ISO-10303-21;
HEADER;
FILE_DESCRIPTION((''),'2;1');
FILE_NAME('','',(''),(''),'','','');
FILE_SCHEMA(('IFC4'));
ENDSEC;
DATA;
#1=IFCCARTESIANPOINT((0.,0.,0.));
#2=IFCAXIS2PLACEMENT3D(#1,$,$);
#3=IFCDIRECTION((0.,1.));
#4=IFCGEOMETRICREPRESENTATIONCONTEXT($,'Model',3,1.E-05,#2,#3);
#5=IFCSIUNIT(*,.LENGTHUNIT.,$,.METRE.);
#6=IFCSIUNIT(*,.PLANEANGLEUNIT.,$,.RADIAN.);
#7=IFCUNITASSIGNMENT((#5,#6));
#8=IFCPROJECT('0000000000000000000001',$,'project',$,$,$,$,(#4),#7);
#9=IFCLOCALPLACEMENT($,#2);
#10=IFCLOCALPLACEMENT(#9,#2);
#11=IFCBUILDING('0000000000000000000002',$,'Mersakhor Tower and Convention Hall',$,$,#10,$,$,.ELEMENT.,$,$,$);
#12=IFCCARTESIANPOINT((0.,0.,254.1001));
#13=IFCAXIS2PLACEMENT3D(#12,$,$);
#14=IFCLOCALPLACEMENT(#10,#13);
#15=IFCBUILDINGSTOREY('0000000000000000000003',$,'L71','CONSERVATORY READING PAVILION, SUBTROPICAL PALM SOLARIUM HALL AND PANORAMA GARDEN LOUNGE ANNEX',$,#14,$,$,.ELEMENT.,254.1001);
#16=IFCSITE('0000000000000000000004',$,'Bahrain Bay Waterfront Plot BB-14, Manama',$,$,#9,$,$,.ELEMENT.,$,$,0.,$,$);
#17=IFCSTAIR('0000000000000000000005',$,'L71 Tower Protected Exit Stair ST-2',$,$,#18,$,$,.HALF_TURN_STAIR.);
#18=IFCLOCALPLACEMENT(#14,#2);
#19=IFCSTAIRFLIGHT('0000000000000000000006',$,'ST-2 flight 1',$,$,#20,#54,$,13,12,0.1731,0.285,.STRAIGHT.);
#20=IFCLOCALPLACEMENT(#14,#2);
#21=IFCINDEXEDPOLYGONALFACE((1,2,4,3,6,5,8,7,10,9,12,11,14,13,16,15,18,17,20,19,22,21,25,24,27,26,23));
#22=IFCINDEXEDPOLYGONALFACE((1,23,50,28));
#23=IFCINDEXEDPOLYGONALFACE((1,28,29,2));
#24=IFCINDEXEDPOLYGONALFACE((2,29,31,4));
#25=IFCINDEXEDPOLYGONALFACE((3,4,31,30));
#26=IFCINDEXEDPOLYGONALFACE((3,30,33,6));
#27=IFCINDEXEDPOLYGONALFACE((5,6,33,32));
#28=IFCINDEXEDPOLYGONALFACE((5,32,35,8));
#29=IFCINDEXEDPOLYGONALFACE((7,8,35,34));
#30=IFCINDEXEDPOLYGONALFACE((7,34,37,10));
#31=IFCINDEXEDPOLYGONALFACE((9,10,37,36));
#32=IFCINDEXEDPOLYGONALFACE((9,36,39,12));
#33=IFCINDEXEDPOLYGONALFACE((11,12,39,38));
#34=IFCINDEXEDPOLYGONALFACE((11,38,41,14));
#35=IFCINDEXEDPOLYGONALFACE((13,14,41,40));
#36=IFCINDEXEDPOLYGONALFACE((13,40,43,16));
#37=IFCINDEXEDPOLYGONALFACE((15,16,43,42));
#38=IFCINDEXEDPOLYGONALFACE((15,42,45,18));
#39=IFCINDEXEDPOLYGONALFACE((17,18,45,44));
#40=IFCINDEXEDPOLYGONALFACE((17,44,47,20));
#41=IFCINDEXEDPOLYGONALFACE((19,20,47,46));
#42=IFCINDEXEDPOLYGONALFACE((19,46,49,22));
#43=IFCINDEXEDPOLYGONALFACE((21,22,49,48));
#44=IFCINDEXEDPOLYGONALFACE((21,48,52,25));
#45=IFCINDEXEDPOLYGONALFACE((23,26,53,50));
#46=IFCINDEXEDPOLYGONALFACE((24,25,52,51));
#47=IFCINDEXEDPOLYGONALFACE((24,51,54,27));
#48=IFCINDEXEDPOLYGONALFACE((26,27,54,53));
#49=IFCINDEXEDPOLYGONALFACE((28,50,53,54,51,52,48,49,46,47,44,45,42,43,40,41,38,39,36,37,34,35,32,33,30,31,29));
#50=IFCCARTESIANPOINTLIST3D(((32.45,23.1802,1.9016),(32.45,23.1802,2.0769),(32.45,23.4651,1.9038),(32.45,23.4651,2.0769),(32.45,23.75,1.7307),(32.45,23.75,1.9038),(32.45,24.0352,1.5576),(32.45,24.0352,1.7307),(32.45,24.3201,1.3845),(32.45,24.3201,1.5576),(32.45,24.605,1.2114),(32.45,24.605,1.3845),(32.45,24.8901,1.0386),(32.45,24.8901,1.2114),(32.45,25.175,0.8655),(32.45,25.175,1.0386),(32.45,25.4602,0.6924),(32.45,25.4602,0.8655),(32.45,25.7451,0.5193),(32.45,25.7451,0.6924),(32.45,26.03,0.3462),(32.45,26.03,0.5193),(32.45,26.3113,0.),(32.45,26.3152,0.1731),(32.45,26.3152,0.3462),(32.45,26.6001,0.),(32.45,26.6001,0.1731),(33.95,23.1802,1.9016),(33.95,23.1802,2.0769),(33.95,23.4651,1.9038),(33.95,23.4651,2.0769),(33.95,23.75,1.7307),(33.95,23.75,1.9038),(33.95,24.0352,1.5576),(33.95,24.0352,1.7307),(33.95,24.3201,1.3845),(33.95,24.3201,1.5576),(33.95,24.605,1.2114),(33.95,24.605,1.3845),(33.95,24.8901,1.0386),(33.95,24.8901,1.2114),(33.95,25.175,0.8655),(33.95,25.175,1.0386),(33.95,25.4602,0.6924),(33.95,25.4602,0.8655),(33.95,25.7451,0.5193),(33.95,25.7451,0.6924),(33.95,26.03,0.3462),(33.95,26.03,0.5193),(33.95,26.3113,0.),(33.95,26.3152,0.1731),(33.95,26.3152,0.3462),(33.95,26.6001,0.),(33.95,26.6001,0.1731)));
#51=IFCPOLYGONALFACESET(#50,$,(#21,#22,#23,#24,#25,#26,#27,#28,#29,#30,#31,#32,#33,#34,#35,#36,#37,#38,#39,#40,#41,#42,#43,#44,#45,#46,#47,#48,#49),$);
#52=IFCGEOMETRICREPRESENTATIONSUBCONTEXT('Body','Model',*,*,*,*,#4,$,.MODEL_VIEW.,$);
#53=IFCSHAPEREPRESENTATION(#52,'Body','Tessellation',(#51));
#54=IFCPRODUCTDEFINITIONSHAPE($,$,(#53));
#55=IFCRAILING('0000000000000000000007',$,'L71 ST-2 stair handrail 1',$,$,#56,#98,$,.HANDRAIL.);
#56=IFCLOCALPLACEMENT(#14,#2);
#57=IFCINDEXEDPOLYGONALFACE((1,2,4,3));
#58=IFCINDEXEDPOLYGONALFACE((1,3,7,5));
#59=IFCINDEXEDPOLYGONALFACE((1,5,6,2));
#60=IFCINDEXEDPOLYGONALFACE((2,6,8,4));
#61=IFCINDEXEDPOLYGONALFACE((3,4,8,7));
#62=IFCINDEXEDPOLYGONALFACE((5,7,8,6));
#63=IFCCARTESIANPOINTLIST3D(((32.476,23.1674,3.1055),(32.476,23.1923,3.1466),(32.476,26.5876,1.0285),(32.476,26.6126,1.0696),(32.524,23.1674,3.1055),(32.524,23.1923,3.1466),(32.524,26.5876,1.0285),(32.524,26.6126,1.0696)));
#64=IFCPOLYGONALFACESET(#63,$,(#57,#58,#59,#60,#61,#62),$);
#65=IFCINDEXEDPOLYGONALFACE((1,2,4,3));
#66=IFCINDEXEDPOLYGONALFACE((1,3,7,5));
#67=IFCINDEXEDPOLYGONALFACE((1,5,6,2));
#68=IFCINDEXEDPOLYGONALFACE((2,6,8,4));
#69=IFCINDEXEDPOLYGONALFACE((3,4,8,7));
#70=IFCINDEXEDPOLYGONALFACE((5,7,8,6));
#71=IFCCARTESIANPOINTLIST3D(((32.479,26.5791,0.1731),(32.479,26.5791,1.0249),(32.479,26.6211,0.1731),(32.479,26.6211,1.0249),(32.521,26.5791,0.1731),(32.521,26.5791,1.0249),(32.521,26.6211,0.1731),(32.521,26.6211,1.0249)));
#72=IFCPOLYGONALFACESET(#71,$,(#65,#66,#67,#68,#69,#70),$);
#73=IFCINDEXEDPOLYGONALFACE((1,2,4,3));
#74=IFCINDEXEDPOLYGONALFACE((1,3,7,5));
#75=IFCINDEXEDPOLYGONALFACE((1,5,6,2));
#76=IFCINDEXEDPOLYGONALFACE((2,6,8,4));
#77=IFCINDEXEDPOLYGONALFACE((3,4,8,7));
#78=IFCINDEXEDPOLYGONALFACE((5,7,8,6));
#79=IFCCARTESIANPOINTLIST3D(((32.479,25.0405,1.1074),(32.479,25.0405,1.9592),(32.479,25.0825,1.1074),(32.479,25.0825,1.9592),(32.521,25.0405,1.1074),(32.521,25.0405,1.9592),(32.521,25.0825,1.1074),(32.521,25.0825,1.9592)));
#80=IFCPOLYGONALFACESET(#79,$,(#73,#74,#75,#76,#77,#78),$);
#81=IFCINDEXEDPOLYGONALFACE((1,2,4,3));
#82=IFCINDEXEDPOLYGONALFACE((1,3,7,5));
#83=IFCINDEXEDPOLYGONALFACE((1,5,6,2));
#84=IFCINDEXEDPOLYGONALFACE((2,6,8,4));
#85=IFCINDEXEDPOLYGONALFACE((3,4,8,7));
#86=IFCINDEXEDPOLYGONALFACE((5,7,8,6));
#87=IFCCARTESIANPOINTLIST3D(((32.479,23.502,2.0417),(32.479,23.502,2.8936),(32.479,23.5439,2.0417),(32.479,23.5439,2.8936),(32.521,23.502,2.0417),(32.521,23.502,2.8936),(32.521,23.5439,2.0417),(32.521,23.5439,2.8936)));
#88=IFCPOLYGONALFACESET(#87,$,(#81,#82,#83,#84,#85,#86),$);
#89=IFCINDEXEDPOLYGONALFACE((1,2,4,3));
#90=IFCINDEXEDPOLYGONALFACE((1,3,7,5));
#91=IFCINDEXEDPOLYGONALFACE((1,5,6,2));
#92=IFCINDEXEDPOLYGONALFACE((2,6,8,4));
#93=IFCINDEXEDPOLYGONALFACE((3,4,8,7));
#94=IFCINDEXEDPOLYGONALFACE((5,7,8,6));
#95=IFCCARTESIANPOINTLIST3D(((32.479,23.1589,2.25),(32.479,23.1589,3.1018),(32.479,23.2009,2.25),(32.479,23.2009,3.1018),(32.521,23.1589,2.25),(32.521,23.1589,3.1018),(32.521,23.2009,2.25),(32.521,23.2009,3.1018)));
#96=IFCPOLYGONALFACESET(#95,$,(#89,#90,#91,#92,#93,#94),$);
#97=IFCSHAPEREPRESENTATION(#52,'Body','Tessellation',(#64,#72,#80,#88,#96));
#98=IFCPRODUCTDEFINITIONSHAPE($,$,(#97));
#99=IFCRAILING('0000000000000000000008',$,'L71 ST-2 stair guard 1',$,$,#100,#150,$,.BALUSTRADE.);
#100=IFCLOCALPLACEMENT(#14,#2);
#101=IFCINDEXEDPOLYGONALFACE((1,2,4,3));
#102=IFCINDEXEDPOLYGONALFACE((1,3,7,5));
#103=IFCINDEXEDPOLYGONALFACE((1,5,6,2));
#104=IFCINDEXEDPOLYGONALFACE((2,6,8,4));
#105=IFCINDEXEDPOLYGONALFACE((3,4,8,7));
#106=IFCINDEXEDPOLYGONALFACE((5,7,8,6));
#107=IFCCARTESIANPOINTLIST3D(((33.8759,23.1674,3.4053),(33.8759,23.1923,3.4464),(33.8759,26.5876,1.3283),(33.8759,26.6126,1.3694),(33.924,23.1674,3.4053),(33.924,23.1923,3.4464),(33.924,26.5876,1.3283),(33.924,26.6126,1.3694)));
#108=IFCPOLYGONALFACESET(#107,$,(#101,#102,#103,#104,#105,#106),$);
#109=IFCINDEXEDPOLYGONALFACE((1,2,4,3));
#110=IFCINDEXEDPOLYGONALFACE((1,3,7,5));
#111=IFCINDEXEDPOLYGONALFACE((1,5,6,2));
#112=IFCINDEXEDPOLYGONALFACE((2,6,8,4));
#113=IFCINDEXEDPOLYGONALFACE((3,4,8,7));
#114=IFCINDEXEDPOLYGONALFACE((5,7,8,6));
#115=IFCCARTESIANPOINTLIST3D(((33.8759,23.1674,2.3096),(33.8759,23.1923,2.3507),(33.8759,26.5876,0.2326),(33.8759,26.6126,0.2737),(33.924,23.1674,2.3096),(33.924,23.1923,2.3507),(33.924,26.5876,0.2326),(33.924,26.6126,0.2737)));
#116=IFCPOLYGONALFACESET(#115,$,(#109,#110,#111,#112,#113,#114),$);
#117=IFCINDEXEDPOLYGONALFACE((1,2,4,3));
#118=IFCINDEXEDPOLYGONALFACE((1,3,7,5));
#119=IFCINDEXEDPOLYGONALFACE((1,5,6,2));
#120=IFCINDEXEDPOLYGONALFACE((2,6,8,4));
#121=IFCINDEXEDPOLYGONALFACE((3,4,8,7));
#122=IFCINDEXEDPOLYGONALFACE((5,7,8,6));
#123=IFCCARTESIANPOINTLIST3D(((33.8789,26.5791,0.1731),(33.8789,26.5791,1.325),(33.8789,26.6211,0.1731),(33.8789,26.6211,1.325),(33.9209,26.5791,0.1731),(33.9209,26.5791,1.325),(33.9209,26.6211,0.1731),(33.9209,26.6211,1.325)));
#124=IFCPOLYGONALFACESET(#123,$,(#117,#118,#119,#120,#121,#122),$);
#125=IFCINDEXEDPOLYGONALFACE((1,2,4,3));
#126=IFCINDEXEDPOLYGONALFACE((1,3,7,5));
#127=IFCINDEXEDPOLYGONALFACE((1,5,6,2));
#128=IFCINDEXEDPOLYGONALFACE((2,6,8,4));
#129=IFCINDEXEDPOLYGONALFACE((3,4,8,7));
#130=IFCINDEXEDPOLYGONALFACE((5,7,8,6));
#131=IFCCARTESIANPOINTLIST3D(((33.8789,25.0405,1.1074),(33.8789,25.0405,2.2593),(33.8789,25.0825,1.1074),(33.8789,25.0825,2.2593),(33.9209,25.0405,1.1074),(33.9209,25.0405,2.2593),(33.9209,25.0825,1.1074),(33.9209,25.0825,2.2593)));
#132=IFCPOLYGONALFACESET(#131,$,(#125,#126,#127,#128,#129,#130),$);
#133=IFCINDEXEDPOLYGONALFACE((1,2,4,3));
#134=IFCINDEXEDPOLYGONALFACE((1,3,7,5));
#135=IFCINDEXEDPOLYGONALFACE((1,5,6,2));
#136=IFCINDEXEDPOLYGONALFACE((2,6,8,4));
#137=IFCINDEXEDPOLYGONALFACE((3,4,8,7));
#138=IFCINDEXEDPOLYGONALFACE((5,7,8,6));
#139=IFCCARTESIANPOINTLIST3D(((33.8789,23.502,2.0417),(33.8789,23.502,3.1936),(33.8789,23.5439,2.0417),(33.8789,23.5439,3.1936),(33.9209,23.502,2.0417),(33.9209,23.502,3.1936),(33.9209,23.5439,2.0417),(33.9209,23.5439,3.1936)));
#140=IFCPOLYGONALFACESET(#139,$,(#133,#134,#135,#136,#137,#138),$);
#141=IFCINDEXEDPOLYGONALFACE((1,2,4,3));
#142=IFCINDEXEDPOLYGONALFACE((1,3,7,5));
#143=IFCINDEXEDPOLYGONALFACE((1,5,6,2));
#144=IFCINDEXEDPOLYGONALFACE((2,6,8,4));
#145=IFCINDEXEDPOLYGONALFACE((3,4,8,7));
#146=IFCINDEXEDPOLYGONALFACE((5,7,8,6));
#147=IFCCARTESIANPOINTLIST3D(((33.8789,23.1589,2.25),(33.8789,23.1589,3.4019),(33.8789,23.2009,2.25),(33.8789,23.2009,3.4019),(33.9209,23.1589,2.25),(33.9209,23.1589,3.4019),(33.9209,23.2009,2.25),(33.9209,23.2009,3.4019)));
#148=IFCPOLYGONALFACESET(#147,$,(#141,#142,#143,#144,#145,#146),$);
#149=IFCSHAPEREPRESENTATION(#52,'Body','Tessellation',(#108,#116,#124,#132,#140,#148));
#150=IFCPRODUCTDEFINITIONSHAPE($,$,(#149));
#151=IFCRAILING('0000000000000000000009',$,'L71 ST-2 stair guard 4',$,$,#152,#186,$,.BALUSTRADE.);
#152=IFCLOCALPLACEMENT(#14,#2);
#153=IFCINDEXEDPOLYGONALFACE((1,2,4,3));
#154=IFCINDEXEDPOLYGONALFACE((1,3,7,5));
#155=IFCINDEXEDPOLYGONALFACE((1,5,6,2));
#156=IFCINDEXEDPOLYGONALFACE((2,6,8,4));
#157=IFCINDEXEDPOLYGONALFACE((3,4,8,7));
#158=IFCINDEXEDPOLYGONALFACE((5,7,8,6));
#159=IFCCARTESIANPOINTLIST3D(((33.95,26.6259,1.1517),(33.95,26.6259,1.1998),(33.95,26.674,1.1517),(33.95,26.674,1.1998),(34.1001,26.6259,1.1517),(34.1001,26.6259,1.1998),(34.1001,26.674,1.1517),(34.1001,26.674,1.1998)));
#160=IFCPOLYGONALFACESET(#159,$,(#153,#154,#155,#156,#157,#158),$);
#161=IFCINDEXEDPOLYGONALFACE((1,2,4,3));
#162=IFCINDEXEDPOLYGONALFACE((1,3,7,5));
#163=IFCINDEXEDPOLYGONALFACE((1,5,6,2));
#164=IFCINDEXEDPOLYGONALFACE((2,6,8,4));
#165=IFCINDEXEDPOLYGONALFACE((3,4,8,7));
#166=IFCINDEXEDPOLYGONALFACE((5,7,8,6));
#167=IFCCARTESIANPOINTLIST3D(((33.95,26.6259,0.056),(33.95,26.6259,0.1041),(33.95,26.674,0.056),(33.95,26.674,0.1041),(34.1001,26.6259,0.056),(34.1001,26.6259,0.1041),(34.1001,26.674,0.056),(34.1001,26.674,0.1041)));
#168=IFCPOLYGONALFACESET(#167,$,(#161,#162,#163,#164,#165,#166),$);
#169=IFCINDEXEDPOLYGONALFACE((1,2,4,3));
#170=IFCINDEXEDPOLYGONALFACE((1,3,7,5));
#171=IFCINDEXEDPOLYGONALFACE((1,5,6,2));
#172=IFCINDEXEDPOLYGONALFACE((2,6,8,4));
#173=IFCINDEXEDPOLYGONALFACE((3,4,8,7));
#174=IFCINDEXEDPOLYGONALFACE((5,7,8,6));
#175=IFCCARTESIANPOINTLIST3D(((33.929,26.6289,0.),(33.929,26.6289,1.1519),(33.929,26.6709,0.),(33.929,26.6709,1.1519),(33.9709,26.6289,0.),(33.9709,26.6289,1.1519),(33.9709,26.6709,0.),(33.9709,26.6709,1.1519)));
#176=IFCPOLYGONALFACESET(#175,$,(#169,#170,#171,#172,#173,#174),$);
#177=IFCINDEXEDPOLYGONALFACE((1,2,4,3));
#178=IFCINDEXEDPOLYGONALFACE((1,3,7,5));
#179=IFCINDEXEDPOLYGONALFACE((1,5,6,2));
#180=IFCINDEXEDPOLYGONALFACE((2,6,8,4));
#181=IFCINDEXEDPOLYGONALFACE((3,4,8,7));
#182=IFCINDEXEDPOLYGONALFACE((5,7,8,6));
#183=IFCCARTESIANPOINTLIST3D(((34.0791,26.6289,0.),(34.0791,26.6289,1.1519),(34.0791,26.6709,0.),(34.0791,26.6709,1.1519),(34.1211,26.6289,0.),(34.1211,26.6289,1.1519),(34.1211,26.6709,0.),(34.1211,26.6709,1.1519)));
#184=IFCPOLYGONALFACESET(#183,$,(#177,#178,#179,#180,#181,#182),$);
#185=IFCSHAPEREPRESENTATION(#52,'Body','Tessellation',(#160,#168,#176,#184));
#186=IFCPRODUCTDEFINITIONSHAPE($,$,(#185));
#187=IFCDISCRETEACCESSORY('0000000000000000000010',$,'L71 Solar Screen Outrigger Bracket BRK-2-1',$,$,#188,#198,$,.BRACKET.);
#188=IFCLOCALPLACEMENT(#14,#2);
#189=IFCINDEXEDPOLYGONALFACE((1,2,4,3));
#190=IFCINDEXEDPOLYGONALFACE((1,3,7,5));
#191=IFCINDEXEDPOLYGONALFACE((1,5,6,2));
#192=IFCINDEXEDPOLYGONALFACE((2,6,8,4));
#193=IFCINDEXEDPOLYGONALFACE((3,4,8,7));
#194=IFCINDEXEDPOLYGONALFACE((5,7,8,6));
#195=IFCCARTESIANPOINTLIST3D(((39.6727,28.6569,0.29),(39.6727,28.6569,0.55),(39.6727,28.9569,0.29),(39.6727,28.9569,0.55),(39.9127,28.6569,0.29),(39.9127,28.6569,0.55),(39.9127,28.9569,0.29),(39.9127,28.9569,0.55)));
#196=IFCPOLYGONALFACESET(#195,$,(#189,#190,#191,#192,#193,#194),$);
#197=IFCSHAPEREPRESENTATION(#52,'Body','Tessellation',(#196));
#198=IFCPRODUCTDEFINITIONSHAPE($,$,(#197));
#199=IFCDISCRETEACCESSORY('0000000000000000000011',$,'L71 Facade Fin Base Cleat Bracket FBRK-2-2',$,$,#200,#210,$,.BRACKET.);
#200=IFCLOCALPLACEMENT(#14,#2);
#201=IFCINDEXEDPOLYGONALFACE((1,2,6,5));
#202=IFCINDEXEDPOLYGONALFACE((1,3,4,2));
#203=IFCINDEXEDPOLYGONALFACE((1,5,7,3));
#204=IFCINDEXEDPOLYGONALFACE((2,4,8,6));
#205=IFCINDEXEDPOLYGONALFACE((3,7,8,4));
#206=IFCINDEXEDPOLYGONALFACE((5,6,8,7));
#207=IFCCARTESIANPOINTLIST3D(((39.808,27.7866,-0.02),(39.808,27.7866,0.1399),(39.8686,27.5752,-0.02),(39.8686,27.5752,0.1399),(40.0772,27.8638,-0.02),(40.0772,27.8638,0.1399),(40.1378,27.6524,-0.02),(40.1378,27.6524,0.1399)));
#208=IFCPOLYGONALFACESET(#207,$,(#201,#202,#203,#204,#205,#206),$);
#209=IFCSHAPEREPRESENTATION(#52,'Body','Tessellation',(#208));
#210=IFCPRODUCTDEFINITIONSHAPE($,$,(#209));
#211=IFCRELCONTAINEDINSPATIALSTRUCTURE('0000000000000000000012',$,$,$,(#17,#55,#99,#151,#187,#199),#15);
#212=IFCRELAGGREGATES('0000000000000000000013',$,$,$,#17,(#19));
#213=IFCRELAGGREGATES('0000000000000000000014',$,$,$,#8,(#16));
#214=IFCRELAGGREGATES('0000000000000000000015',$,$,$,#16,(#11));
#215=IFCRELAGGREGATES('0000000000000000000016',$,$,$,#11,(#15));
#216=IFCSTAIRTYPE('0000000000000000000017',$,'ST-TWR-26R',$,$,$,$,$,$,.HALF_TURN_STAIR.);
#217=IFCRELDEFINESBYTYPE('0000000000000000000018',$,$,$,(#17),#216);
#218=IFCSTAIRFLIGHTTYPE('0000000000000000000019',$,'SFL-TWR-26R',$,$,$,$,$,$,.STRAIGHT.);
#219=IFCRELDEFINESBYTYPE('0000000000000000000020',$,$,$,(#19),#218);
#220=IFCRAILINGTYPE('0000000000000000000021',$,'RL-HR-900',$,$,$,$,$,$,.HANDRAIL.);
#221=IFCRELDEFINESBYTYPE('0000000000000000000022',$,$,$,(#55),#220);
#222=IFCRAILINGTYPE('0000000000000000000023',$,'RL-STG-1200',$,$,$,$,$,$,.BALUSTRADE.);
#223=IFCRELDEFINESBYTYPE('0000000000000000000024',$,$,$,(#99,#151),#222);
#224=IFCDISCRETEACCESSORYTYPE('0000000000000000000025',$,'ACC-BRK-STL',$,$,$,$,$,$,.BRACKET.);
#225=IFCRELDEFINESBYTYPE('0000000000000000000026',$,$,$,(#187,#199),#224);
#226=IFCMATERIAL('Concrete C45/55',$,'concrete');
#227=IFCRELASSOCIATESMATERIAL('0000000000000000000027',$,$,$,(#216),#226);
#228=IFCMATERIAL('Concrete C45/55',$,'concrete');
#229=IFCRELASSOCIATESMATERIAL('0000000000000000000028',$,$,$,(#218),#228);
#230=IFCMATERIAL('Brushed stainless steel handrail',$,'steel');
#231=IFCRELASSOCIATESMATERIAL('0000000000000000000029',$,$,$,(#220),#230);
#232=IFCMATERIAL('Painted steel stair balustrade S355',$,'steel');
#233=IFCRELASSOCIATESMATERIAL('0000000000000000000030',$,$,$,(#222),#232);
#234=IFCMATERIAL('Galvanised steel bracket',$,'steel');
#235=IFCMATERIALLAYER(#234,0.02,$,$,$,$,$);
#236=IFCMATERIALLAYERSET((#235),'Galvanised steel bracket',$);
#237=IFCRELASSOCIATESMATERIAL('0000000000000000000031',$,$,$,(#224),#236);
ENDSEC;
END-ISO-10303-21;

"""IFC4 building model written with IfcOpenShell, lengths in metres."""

from ifc_helpers import new_model, si_unit, direction, frame, origin, origin_2d, place, context, subcontext, project, spatial, polyline, rectangle, outline, extrude, material, layer, layer_set, type_object, element, aggregate, save


model = new_model("IFC4")

# Units and contexts
model_context = context("Model", 3, precision=1e-05, world=origin(), true_north=direction((0.0, 1.0)))
body_context = subcontext(model_context, "Body", "Model", "MODEL_VIEW")
ifc_project = project(units=[si_unit("LENGTHUNIT", "METRE"), si_unit("PLANEANGLEUNIT", "RADIAN")], contexts=[model_context])

# Site, building, storey
site_placement = place(None, origin())
site = spatial("IfcSite", under=ifc_project, at=site_placement, Name="Bahrain Bay Waterfront Plot BB-14, Manama", CompositionType="ELEMENT", RefElevation=0.0)
building_placement = place(site_placement, origin())
building = spatial("IfcBuilding", under=site, at=building_placement, Name="Mersakhor Tower and Convention Hall", CompositionType="ELEMENT")
storey_placement = place(building_placement, frame((0.0, 0.0, 254.1001)))
storey = spatial("IfcBuildingStorey", under=building, at=storey_placement, Name="L71", Description="CONSERVATORY READING PAVILION, SUBTROPICAL PALM SOLARIUM HALL AND PANORAMA GARDEN LOUNGE ANNEX", CompositionType="ELEMENT", Elevation=254.1001)

# Stair, stair flight
ifc_material_1 = material(Name="Concrete C45/55", Category="concrete")
stair_type = type_object("IfcStairType", Name="ST-TWR-26R", PredefinedType="HALF_TURN_STAIR", material=ifc_material_1)
stair_placement = place(storey_placement, origin())
stair = element("IfcStair", 1, at=stair_placement, inside=storey, type_object=stair_type, Name="L71 Tower Protected Exit Stair ST-2", PredefinedType="HALF_TURN_STAIR")
ifc_material_2 = material(Name="Concrete C45/55", Category="concrete")
stair_flight_type = type_object("IfcStairFlightType", Name="SFL-TWR-26R", PredefinedType="STRAIGHT", material=ifc_material_2)
stair_flight_placement = place(storey_placement, frame((33.2, 26.6001, 0.0), z_axis=(0.0, 0.0, 1.0), x_axis=(0.0, -1.0, 0.0)))
stair_flight = element("IfcStairFlight", 2, at=stair_flight_placement, type_object=stair_flight_type, Name="ST-2 flight 1", NumberOfRisers=13, NumberOfTreads=12, PredefinedType="STRAIGHT", RiserHeight=0.1731, TreadLength=0.285, context=body_context, shape_type="SweptSolid", body=[
    extrude(outline(polyline([(0.0, 0.0), (0.0, 0.1731), (0.2849, 0.1731), (0.2849, 0.3462), (0.5701, 0.3462), (0.5701, 0.5193), (0.855, 0.5193), (0.855, 0.6924), (1.1399, 0.6924), (1.1399, 0.8655), (1.425, 0.8655), (1.425, 1.0386), (1.71, 1.0386), (1.71, 1.2114), (1.9951, 1.2114), (1.9951, 1.3845), (2.28, 1.3845), (2.28, 1.5576), (2.5649, 1.5576), (2.5649, 1.7307), (2.8501, 1.7307), (2.8501, 1.9038), (3.135, 1.9038), (3.135, 2.0769), (3.4199, 2.0769), (3.4199, 2.25), (3.4199, 1.9016), (0.2888, 0.0), (0.0, 0.0)])), frame((0.0, 0.75, 0.0), z_axis=(0.0, -1.0, 0.0), x_axis=(1.0, 0.0, 0.0)), (0.0, 0.0, 1.0), 1.5),
])
aggregate(stair, [stair_flight])

# Railings
ifc_material_3 = material(Name="Brushed stainless steel handrail", Category="steel")
railing_type_1 = type_object("IfcRailingType", Name="RL-HR-900", PredefinedType="HANDRAIL", material=ifc_material_3)
railing_1_placement = place(storey_placement, frame((32.5, 26.6001, 0.1731)))
element("IfcRailing", 3, at=railing_1_placement, inside=storey, type_object=railing_type_1, Name="L71 ST-2 stair handrail 1", PredefinedType="HANDRAIL", context=body_context, shape_type="SweptSolid", body=[
    extrude(rectangle(XDim=0.0481, YDim=0.0481, at=origin_2d()), frame((0.0, 0.0, 0.876), z_axis=(0.0, -0.854746, 0.519047), x_axis=(1.0, 0.0, 0.0)), (0.0, 0.0, 1.0), 4.0015),
    extrude(rectangle(XDim=0.042, YDim=0.042, at=origin_2d()), origin(), (0.0, 0.0, 1.0), 0.8518),
    extrude(rectangle(XDim=0.042, YDim=0.042, at=origin_2d()), frame((0.0, -1.5386, 0.9343)), (0.0, 0.0, 1.0), 0.8518),
    extrude(rectangle(XDim=0.042, YDim=0.042, at=origin_2d()), frame((0.0, -3.0771, 1.8687)), (0.0, 0.0, 1.0), 0.8518),
    extrude(rectangle(XDim=0.042, YDim=0.042, at=origin_2d()), frame((0.0, -3.4202, 2.0769)), (0.0, 0.0, 1.0), 0.8518),
])
ifc_material_4 = material(Name="Painted steel stair balustrade S355", Category="steel")
railing_type_2 = type_object("IfcRailingType", Name="RL-STG-1200", PredefinedType="BALUSTRADE", material=ifc_material_4)
railing_2_placement = place(storey_placement, frame((33.8999, 26.6001, 0.1731)))
element("IfcRailing", 4, at=railing_2_placement, inside=storey, type_object=railing_type_2, Name="L71 ST-2 stair guard 1", PredefinedType="BALUSTRADE", context=body_context, shape_type="SweptSolid", body=[
    extrude(rectangle(XDim=0.0481, YDim=0.0481, at=origin_2d()), frame((0.0, 0.0, 1.1758), z_axis=(0.0, -0.854746, 0.519047), x_axis=(1.0, 0.0, 0.0)), (0.0, 0.0, 1.0), 4.0015),
    extrude(rectangle(XDim=0.0481, YDim=0.0481, at=origin_2d()), frame((0.0, 0.0, 0.0801), z_axis=(0.0, -0.854746, 0.519047), x_axis=(1.0, 0.0, 0.0)), (0.0, 0.0, 1.0), 4.0015),
    extrude(rectangle(XDim=0.042, YDim=0.042, at=origin_2d()), origin(), (0.0, 0.0, 1.0), 1.1519),
    extrude(rectangle(XDim=0.042, YDim=0.042, at=origin_2d()), frame((0.0, -1.5386, 0.9343)), (0.0, 0.0, 1.0), 1.1519),
    extrude(rectangle(XDim=0.042, YDim=0.042, at=origin_2d()), frame((0.0, -3.0771, 1.8687)), (0.0, 0.0, 1.0), 1.1519),
    extrude(rectangle(XDim=0.042, YDim=0.042, at=origin_2d()), frame((0.0, -3.4202, 2.0769)), (0.0, 0.0, 1.0), 1.1519),
])
railing_3_placement = place(storey_placement, frame((33.95, 26.6499, 0.0)))
element("IfcRailing", 5, at=railing_3_placement, inside=storey, type_object=railing_type_2, Name="L71 ST-2 stair guard 4", PredefinedType="BALUSTRADE", context=body_context, shape_type="SweptSolid", body=[
    extrude(rectangle(XDim=0.0481, YDim=0.0481, at=origin_2d()), frame((0.0, 0.0, 1.1758), z_axis=(1.0, 0.0, 0.0), x_axis=(0.0, 1.0, 0.0)), (0.0, 0.0, 1.0), 0.1501),
    extrude(rectangle(XDim=0.0481, YDim=0.0481, at=origin_2d()), frame((0.0, 0.0, 0.0801), z_axis=(1.0, 0.0, 0.0), x_axis=(0.0, 1.0, 0.0)), (0.0, 0.0, 1.0), 0.1501),
    extrude(rectangle(XDim=0.042, YDim=0.042, at=origin_2d()), origin(), (0.0, 0.0, 1.0), 1.1519),
    extrude(rectangle(XDim=0.042, YDim=0.042, at=origin_2d()), frame((0.1501, 0.0, 0.0)), (0.0, 0.0, 1.0), 1.1519),
])

# Discrete accessories
ifc_material_5 = material(Name="Galvanised steel bracket", Category="steel")
ifc_layer_1 = layer(ifc_material_5, 0.02)
ifc_layer_set_1 = layer_set([ifc_layer_1], Name="Galvanised steel bracket")
discrete_accessory_type = type_object("IfcDiscreteAccessoryType", Name="ACC-BRK-STL", PredefinedType="BRACKET", material=ifc_layer_set_1)
discrete_accessory_1_placement = place(storey_placement, frame((39.7927, 28.8069, 0.29), z_axis=(0.0, 0.0, 1.0), x_axis=(0.0, -1.0, 0.0)))
element("IfcDiscreteAccessory", 6, at=discrete_accessory_1_placement, inside=storey, type_object=discrete_accessory_type, Name="L71 Solar Screen Outrigger Bracket BRK-2-1", PredefinedType="BRACKET", context=body_context, shape_type="SweptSolid", body=[
    extrude(rectangle(XDim=0.3, YDim=0.24, at=origin_2d()), origin(), (0.0, 0.0, 1.0), 0.26),
])
discrete_accessory_2_placement = place(storey_placement, frame((39.9729, 27.7195, -0.02), z_axis=(0.0, 0.0, 1.0), x_axis=(0.961262, 0.275637, 0.0)))
element("IfcDiscreteAccessory", 7, at=discrete_accessory_2_placement, inside=storey, type_object=discrete_accessory_type, Name="L71 Facade Fin Base Cleat Bracket FBRK-2-2", PredefinedType="BRACKET", context=body_context, shape_type="SweptSolid", body=[
    extrude(rectangle(XDim=0.28, YDim=0.22, at=origin_2d()), origin(), (0.0, 0.0, 1.0), 0.1599),
])

save(model, "model.ifc")
